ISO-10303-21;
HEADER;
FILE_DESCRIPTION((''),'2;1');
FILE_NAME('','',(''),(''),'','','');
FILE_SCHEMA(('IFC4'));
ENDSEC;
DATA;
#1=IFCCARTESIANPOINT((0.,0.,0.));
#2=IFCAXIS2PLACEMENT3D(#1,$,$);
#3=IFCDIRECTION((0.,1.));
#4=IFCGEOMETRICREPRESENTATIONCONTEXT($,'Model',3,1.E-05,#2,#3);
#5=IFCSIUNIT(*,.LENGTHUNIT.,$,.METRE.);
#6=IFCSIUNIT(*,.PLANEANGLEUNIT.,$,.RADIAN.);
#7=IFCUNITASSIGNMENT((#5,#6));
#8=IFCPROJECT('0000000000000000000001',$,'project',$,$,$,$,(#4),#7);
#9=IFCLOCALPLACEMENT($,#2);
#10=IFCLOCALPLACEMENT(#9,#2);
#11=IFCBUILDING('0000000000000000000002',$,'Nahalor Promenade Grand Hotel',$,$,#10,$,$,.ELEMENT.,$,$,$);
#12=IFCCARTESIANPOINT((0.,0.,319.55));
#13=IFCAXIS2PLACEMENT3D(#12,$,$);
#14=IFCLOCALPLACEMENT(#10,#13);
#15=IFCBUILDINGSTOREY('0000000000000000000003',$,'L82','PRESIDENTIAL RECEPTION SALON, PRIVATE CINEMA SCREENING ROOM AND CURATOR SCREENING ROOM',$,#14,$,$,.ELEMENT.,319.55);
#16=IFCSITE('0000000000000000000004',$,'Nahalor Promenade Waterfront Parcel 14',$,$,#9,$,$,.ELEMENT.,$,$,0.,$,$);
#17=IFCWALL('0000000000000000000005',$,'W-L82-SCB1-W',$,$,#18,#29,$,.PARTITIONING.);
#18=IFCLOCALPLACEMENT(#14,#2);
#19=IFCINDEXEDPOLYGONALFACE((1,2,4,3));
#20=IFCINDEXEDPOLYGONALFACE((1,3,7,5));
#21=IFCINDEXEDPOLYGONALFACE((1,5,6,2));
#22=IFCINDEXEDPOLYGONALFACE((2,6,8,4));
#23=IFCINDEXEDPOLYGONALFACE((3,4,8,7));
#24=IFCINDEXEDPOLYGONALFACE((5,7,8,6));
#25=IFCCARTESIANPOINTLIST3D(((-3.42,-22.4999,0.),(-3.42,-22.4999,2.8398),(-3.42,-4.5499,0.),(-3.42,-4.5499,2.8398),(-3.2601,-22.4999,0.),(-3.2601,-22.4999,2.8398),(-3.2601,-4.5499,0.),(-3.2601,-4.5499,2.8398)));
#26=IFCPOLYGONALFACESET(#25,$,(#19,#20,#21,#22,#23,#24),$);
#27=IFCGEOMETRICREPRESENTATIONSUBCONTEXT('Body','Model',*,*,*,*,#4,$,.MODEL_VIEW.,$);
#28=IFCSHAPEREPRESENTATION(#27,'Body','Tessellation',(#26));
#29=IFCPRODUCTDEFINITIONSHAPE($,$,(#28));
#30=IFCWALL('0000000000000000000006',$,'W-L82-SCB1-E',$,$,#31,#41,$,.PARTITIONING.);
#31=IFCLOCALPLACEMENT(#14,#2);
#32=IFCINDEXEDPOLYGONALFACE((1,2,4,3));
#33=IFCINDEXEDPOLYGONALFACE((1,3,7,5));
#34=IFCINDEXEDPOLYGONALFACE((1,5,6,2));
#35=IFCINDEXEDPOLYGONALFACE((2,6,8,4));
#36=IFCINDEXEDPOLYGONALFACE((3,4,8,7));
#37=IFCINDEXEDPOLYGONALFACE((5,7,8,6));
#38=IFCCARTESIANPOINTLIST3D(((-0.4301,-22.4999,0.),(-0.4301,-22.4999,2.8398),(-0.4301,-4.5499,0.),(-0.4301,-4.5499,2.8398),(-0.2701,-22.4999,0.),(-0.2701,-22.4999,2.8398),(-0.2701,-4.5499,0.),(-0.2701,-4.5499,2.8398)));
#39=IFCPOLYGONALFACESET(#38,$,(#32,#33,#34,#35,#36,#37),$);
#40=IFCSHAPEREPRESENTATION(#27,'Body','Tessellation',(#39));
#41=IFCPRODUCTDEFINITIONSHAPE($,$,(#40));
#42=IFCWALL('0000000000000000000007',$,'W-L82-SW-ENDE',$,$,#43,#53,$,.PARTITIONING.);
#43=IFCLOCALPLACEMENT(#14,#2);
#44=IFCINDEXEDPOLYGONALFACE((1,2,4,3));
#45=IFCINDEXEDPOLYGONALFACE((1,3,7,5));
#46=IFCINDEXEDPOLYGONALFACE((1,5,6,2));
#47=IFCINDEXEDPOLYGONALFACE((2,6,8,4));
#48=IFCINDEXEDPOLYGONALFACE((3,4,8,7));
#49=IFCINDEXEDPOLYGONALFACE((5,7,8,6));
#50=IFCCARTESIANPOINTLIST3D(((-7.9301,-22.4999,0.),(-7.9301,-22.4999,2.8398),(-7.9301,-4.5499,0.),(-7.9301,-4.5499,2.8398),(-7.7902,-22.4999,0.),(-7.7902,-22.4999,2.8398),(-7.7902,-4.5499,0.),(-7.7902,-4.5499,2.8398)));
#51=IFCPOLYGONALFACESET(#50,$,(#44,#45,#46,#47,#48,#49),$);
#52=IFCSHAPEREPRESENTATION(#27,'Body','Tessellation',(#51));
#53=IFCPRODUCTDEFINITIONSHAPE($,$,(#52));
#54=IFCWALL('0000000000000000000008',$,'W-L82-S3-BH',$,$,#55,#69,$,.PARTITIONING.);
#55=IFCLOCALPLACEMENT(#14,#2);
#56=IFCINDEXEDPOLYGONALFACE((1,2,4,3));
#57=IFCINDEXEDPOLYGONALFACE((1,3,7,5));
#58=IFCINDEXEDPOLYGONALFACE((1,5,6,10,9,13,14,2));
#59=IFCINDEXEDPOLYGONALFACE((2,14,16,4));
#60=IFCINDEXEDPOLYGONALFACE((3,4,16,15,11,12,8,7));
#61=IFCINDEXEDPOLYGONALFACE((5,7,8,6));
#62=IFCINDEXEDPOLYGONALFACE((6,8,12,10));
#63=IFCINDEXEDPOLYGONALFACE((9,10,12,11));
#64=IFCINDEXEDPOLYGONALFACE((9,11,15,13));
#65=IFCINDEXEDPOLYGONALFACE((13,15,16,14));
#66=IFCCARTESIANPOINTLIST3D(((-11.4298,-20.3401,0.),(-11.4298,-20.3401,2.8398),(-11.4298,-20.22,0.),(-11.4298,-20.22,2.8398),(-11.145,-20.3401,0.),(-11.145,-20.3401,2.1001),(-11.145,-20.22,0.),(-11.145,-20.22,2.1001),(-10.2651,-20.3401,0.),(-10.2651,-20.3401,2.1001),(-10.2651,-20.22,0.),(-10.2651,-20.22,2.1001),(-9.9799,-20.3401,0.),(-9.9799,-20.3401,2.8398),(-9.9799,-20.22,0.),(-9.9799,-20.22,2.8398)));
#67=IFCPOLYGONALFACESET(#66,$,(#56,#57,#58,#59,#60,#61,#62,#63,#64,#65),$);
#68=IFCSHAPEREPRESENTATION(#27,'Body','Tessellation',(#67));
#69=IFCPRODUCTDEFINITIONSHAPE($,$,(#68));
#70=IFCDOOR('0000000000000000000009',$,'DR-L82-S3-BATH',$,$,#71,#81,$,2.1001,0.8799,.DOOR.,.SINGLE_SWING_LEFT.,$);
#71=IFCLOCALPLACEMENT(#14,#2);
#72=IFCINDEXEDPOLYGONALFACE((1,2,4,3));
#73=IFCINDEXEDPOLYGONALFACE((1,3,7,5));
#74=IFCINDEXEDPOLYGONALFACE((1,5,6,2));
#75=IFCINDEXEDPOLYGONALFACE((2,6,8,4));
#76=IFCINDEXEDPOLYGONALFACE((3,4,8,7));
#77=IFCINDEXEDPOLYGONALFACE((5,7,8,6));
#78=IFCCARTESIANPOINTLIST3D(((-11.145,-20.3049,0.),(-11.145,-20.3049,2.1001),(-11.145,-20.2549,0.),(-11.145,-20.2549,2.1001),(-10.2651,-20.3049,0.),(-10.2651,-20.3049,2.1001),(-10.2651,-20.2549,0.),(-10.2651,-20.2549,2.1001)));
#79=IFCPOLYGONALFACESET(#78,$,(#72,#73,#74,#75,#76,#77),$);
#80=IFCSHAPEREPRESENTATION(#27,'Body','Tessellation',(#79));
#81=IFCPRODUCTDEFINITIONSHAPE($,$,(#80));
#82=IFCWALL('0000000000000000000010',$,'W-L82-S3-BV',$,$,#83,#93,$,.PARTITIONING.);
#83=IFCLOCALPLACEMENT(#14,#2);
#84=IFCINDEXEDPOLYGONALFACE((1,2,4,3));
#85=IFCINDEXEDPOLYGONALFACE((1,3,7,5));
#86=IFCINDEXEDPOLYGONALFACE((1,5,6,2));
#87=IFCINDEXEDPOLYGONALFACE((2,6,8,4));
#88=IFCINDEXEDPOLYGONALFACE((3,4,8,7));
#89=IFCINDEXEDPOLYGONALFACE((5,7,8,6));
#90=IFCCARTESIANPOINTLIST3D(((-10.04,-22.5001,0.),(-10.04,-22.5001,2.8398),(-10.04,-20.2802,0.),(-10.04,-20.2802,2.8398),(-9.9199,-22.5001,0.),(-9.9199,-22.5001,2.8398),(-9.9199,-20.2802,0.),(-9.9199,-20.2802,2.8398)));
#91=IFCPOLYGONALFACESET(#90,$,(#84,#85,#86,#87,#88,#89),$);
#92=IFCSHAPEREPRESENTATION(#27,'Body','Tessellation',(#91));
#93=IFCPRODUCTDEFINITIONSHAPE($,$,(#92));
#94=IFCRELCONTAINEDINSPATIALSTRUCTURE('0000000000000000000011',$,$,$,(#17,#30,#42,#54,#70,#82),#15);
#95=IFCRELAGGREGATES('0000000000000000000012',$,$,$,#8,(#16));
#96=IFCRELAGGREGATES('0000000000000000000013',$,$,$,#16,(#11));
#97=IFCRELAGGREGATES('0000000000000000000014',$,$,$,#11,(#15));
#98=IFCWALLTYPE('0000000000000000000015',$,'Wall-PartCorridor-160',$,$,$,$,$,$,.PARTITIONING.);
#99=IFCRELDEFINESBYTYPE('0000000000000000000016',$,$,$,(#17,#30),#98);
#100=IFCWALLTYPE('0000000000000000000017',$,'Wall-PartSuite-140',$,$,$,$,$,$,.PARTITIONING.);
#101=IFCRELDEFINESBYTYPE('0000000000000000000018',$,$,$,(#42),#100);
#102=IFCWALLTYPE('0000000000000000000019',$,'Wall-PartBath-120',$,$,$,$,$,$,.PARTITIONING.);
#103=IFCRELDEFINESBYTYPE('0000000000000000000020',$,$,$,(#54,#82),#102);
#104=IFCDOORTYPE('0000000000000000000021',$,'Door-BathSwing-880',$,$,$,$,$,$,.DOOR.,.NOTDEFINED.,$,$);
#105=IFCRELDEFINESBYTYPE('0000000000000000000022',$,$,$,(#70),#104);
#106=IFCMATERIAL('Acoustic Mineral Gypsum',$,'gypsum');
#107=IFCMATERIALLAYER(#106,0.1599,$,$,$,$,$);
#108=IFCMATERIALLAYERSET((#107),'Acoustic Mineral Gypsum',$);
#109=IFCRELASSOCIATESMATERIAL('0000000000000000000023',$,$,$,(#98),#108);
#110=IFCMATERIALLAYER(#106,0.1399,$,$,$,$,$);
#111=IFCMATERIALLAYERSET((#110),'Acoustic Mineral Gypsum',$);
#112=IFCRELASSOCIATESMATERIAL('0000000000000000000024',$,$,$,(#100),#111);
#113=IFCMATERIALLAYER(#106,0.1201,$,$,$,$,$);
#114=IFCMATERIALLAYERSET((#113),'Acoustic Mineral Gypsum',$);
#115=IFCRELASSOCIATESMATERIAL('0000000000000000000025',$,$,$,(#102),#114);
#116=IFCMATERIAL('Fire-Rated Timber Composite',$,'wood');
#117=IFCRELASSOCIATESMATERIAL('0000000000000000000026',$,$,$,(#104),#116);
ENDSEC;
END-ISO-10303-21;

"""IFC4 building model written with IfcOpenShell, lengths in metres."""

from ifc_helpers import new_model, si_unit, direction, frame, frame_2d, origin, place, context, subcontext, project, spatial, rectangle, extrude, source, transform, mapped, material, layer, layer_set, type_object, element, fill, save


model = new_model("IFC4")

# Units and contexts
model_context = context("Model", 3, precision=1e-05, world=origin(), true_north=direction((0.0, 1.0)))
body_context = subcontext(model_context, "Body", "Model", "MODEL_VIEW")
ifc_project = project(units=[si_unit("LENGTHUNIT", "METRE"), si_unit("PLANEANGLEUNIT", "RADIAN")], contexts=[model_context])

# Site, building, storey
site_placement = place(None, origin())
site = spatial("IfcSite", under=ifc_project, at=site_placement, Name="Nahalor Promenade Waterfront Parcel 14", CompositionType="ELEMENT", RefElevation=0.0)
building_placement = place(site_placement, origin())
building = spatial("IfcBuilding", under=site, at=building_placement, Name="Nahalor Promenade Grand Hotel", CompositionType="ELEMENT")
storey_placement = place(building_placement, frame((0.0, 0.0, 319.55)))
storey = spatial("IfcBuildingStorey", under=building, at=storey_placement, Name="L82", Description="PRESIDENTIAL RECEPTION SALON, PRIVATE CINEMA SCREENING ROOM AND CURATOR SCREENING ROOM", CompositionType="ELEMENT", Elevation=319.55)

# Walls
ifc_material_1 = material(Name="Acoustic Mineral Gypsum", Category="gypsum")
ifc_layer_1 = layer(ifc_material_1, 0.1599)
ifc_layer_set_1 = layer_set([ifc_layer_1], Name="Acoustic Mineral Gypsum")
wall_type_1 = type_object("IfcWallType", Name="Wall-PartCorridor-160", PredefinedType="PARTITIONING", material=ifc_layer_set_1)
shared_shape_1 = source(origin(), body_context, "Body", "SweptSolid", [
    extrude(rectangle(XDim=17.95, YDim=0.1599, at=frame_2d((8.9751, 0.0))), origin(), (0.0, 0.0, 1.0), 2.8398),
])
for number, where, z_axis, x_axis, name in (
    (1, (-3.3401, -22.5, 0.0), (0.0, 0.0, 1.0), (0.0, 1.0, 0.0), "W-L82-SCB1-W"),
    (2, (-0.3501, -22.5, 0.0), (0.0, 0.0, 1.0), (0.0, 1.0, 0.0), "W-L82-SCB1-E"),
):
    element("IfcWall", number, at=place(storey_placement, frame(where, z_axis=z_axis, x_axis=x_axis)), inside=storey, type_object=wall_type_1, Name=name, PredefinedType="PARTITIONING", context=body_context, shape_type="MappedRepresentation", body=[
        mapped(shared_shape_1, transform((0.0, 0.0, 0.0), scale=1.0)),
    ])
ifc_layer_2 = layer(ifc_material_1, 0.1399)
ifc_layer_set_2 = layer_set([ifc_layer_2], Name="Acoustic Mineral Gypsum")
wall_type_2 = type_object("IfcWallType", Name="Wall-PartSuite-140", PredefinedType="PARTITIONING", material=ifc_layer_set_2)
shared_shape_2 = source(origin(), body_context, "Body", "SweptSolid", [
    extrude(rectangle(XDim=17.95, YDim=0.1399, at=frame_2d((8.9751, 0.0))), origin(), (0.0, 0.0, 1.0), 2.8398),
])
wall_1_placement = place(storey_placement, frame((-7.8601, -22.5, 0.0), z_axis=(0.0, 0.0, 1.0), x_axis=(0.0, 1.0, 0.0)))
element("IfcWall", 3, at=wall_1_placement, inside=storey, type_object=wall_type_2, Name="W-L82-SW-ENDE", PredefinedType="PARTITIONING", context=body_context, shape_type="MappedRepresentation", body=[
    mapped(shared_shape_2, transform((0.0, 0.0, 0.0), scale=1.0)),
])

# Wall, opening, door
ifc_layer_3 = layer(ifc_material_1, 0.1201)
ifc_layer_set_3 = layer_set([ifc_layer_3], Name="Acoustic Mineral Gypsum")
wall_type_3 = type_object("IfcWallType", Name="Wall-PartBath-120", PredefinedType="PARTITIONING", material=ifc_layer_set_3)
shared_shape_3 = source(origin(), body_context, "Body", "SweptSolid", [
    extrude(rectangle(XDim=1.45, YDim=0.1201, at=frame_2d((0.7251, 0.0))), origin(), (0.0, 0.0, 1.0), 2.8398),
])
wall_2_placement = place(storey_placement, frame((-11.4299, -20.28, 0.0), z_axis=(0.0, 0.0, 1.0), x_axis=(1.0, 0.0, 0.0)))
wall_2 = element("IfcWall", 4, at=wall_2_placement, inside=storey, type_object=wall_type_3, Name="W-L82-S3-BH", PredefinedType="PARTITIONING", context=body_context, shape_type="MappedRepresentation", body=[
    mapped(shared_shape_3, transform((0.0, 0.0, 0.0), scale=1.0)),
])
opening_placement = place(wall_2_placement, frame((0.2849, 0.0, 0.0)))
opening = element("IfcOpeningElement", 5, at=opening_placement, cuts=wall_2, PredefinedType="OPENING", context=body_context, shape_type="SweptSolid", body=[
    extrude(rectangle(XDim=0.8799, YDim=2.1001, at=frame_2d((0.4399, 1.05))), frame((0.0, 0.0701, 0.0), z_axis=(0.0, -1.0, 0.0), x_axis=(1.0, 0.0, 0.0)), (0.0, 0.0, 1.0), 0.1401),
])
ifc_material_2 = material(Name="Fire-Rated Timber Composite", Category="wood")
door_type = type_object("IfcDoorType", Name="Door-BathSwing-880", OperationType="NOTDEFINED", PredefinedType="DOOR", material=ifc_material_2)
shared_shape_4 = source(origin(), body_context, "Body", "SweptSolid", [
    extrude(rectangle(XDim=0.8799, YDim=2.1001, at=frame_2d((0.4399, 1.05))), frame((0.0, 0.0249, 0.0), z_axis=(0.0, -1.0, 0.0), x_axis=(1.0, 0.0, 0.0)), (0.0, 0.0, 1.0), 0.05),
])
door_placement = place(opening_placement, frame((0.8799, 0.0, 0.0), z_axis=(0.0, 0.0, 1.0), x_axis=(-1.0, 0.0, 0.0)))
door = element("IfcDoor", 6, at=door_placement, inside=storey, type_object=door_type, Name="DR-L82-S3-BATH", OperationType="SINGLE_SWING_LEFT", OverallHeight=2.1001, OverallWidth=0.8799, PredefinedType="DOOR", context=body_context, shape_type="MappedRepresentation", body=[
    mapped(shared_shape_4, transform((0.0, 0.0, 0.0), scale=1.0)),
])
fill(opening, door)

# Wall
shared_shape_5 = source(origin(), body_context, "Body", "SweptSolid", [
    extrude(rectangle(XDim=2.22, YDim=0.1201, at=frame_2d((1.1099, 0.0))), origin(), (0.0, 0.0, 1.0), 2.8398),
])
wall_3_placement = place(storey_placement, frame((-9.98, -22.5, 0.0), z_axis=(0.0, 0.0, 1.0), x_axis=(0.0, 1.0, 0.0)))
element("IfcWall", 7, at=wall_3_placement, inside=storey, type_object=wall_type_3, Name="W-L82-S3-BV", PredefinedType="PARTITIONING", context=body_context, shape_type="MappedRepresentation", body=[
    mapped(shared_shape_5, transform((0.0, 0.0, 0.0), scale=1.0)),
])

save(model, "model.ifc")
